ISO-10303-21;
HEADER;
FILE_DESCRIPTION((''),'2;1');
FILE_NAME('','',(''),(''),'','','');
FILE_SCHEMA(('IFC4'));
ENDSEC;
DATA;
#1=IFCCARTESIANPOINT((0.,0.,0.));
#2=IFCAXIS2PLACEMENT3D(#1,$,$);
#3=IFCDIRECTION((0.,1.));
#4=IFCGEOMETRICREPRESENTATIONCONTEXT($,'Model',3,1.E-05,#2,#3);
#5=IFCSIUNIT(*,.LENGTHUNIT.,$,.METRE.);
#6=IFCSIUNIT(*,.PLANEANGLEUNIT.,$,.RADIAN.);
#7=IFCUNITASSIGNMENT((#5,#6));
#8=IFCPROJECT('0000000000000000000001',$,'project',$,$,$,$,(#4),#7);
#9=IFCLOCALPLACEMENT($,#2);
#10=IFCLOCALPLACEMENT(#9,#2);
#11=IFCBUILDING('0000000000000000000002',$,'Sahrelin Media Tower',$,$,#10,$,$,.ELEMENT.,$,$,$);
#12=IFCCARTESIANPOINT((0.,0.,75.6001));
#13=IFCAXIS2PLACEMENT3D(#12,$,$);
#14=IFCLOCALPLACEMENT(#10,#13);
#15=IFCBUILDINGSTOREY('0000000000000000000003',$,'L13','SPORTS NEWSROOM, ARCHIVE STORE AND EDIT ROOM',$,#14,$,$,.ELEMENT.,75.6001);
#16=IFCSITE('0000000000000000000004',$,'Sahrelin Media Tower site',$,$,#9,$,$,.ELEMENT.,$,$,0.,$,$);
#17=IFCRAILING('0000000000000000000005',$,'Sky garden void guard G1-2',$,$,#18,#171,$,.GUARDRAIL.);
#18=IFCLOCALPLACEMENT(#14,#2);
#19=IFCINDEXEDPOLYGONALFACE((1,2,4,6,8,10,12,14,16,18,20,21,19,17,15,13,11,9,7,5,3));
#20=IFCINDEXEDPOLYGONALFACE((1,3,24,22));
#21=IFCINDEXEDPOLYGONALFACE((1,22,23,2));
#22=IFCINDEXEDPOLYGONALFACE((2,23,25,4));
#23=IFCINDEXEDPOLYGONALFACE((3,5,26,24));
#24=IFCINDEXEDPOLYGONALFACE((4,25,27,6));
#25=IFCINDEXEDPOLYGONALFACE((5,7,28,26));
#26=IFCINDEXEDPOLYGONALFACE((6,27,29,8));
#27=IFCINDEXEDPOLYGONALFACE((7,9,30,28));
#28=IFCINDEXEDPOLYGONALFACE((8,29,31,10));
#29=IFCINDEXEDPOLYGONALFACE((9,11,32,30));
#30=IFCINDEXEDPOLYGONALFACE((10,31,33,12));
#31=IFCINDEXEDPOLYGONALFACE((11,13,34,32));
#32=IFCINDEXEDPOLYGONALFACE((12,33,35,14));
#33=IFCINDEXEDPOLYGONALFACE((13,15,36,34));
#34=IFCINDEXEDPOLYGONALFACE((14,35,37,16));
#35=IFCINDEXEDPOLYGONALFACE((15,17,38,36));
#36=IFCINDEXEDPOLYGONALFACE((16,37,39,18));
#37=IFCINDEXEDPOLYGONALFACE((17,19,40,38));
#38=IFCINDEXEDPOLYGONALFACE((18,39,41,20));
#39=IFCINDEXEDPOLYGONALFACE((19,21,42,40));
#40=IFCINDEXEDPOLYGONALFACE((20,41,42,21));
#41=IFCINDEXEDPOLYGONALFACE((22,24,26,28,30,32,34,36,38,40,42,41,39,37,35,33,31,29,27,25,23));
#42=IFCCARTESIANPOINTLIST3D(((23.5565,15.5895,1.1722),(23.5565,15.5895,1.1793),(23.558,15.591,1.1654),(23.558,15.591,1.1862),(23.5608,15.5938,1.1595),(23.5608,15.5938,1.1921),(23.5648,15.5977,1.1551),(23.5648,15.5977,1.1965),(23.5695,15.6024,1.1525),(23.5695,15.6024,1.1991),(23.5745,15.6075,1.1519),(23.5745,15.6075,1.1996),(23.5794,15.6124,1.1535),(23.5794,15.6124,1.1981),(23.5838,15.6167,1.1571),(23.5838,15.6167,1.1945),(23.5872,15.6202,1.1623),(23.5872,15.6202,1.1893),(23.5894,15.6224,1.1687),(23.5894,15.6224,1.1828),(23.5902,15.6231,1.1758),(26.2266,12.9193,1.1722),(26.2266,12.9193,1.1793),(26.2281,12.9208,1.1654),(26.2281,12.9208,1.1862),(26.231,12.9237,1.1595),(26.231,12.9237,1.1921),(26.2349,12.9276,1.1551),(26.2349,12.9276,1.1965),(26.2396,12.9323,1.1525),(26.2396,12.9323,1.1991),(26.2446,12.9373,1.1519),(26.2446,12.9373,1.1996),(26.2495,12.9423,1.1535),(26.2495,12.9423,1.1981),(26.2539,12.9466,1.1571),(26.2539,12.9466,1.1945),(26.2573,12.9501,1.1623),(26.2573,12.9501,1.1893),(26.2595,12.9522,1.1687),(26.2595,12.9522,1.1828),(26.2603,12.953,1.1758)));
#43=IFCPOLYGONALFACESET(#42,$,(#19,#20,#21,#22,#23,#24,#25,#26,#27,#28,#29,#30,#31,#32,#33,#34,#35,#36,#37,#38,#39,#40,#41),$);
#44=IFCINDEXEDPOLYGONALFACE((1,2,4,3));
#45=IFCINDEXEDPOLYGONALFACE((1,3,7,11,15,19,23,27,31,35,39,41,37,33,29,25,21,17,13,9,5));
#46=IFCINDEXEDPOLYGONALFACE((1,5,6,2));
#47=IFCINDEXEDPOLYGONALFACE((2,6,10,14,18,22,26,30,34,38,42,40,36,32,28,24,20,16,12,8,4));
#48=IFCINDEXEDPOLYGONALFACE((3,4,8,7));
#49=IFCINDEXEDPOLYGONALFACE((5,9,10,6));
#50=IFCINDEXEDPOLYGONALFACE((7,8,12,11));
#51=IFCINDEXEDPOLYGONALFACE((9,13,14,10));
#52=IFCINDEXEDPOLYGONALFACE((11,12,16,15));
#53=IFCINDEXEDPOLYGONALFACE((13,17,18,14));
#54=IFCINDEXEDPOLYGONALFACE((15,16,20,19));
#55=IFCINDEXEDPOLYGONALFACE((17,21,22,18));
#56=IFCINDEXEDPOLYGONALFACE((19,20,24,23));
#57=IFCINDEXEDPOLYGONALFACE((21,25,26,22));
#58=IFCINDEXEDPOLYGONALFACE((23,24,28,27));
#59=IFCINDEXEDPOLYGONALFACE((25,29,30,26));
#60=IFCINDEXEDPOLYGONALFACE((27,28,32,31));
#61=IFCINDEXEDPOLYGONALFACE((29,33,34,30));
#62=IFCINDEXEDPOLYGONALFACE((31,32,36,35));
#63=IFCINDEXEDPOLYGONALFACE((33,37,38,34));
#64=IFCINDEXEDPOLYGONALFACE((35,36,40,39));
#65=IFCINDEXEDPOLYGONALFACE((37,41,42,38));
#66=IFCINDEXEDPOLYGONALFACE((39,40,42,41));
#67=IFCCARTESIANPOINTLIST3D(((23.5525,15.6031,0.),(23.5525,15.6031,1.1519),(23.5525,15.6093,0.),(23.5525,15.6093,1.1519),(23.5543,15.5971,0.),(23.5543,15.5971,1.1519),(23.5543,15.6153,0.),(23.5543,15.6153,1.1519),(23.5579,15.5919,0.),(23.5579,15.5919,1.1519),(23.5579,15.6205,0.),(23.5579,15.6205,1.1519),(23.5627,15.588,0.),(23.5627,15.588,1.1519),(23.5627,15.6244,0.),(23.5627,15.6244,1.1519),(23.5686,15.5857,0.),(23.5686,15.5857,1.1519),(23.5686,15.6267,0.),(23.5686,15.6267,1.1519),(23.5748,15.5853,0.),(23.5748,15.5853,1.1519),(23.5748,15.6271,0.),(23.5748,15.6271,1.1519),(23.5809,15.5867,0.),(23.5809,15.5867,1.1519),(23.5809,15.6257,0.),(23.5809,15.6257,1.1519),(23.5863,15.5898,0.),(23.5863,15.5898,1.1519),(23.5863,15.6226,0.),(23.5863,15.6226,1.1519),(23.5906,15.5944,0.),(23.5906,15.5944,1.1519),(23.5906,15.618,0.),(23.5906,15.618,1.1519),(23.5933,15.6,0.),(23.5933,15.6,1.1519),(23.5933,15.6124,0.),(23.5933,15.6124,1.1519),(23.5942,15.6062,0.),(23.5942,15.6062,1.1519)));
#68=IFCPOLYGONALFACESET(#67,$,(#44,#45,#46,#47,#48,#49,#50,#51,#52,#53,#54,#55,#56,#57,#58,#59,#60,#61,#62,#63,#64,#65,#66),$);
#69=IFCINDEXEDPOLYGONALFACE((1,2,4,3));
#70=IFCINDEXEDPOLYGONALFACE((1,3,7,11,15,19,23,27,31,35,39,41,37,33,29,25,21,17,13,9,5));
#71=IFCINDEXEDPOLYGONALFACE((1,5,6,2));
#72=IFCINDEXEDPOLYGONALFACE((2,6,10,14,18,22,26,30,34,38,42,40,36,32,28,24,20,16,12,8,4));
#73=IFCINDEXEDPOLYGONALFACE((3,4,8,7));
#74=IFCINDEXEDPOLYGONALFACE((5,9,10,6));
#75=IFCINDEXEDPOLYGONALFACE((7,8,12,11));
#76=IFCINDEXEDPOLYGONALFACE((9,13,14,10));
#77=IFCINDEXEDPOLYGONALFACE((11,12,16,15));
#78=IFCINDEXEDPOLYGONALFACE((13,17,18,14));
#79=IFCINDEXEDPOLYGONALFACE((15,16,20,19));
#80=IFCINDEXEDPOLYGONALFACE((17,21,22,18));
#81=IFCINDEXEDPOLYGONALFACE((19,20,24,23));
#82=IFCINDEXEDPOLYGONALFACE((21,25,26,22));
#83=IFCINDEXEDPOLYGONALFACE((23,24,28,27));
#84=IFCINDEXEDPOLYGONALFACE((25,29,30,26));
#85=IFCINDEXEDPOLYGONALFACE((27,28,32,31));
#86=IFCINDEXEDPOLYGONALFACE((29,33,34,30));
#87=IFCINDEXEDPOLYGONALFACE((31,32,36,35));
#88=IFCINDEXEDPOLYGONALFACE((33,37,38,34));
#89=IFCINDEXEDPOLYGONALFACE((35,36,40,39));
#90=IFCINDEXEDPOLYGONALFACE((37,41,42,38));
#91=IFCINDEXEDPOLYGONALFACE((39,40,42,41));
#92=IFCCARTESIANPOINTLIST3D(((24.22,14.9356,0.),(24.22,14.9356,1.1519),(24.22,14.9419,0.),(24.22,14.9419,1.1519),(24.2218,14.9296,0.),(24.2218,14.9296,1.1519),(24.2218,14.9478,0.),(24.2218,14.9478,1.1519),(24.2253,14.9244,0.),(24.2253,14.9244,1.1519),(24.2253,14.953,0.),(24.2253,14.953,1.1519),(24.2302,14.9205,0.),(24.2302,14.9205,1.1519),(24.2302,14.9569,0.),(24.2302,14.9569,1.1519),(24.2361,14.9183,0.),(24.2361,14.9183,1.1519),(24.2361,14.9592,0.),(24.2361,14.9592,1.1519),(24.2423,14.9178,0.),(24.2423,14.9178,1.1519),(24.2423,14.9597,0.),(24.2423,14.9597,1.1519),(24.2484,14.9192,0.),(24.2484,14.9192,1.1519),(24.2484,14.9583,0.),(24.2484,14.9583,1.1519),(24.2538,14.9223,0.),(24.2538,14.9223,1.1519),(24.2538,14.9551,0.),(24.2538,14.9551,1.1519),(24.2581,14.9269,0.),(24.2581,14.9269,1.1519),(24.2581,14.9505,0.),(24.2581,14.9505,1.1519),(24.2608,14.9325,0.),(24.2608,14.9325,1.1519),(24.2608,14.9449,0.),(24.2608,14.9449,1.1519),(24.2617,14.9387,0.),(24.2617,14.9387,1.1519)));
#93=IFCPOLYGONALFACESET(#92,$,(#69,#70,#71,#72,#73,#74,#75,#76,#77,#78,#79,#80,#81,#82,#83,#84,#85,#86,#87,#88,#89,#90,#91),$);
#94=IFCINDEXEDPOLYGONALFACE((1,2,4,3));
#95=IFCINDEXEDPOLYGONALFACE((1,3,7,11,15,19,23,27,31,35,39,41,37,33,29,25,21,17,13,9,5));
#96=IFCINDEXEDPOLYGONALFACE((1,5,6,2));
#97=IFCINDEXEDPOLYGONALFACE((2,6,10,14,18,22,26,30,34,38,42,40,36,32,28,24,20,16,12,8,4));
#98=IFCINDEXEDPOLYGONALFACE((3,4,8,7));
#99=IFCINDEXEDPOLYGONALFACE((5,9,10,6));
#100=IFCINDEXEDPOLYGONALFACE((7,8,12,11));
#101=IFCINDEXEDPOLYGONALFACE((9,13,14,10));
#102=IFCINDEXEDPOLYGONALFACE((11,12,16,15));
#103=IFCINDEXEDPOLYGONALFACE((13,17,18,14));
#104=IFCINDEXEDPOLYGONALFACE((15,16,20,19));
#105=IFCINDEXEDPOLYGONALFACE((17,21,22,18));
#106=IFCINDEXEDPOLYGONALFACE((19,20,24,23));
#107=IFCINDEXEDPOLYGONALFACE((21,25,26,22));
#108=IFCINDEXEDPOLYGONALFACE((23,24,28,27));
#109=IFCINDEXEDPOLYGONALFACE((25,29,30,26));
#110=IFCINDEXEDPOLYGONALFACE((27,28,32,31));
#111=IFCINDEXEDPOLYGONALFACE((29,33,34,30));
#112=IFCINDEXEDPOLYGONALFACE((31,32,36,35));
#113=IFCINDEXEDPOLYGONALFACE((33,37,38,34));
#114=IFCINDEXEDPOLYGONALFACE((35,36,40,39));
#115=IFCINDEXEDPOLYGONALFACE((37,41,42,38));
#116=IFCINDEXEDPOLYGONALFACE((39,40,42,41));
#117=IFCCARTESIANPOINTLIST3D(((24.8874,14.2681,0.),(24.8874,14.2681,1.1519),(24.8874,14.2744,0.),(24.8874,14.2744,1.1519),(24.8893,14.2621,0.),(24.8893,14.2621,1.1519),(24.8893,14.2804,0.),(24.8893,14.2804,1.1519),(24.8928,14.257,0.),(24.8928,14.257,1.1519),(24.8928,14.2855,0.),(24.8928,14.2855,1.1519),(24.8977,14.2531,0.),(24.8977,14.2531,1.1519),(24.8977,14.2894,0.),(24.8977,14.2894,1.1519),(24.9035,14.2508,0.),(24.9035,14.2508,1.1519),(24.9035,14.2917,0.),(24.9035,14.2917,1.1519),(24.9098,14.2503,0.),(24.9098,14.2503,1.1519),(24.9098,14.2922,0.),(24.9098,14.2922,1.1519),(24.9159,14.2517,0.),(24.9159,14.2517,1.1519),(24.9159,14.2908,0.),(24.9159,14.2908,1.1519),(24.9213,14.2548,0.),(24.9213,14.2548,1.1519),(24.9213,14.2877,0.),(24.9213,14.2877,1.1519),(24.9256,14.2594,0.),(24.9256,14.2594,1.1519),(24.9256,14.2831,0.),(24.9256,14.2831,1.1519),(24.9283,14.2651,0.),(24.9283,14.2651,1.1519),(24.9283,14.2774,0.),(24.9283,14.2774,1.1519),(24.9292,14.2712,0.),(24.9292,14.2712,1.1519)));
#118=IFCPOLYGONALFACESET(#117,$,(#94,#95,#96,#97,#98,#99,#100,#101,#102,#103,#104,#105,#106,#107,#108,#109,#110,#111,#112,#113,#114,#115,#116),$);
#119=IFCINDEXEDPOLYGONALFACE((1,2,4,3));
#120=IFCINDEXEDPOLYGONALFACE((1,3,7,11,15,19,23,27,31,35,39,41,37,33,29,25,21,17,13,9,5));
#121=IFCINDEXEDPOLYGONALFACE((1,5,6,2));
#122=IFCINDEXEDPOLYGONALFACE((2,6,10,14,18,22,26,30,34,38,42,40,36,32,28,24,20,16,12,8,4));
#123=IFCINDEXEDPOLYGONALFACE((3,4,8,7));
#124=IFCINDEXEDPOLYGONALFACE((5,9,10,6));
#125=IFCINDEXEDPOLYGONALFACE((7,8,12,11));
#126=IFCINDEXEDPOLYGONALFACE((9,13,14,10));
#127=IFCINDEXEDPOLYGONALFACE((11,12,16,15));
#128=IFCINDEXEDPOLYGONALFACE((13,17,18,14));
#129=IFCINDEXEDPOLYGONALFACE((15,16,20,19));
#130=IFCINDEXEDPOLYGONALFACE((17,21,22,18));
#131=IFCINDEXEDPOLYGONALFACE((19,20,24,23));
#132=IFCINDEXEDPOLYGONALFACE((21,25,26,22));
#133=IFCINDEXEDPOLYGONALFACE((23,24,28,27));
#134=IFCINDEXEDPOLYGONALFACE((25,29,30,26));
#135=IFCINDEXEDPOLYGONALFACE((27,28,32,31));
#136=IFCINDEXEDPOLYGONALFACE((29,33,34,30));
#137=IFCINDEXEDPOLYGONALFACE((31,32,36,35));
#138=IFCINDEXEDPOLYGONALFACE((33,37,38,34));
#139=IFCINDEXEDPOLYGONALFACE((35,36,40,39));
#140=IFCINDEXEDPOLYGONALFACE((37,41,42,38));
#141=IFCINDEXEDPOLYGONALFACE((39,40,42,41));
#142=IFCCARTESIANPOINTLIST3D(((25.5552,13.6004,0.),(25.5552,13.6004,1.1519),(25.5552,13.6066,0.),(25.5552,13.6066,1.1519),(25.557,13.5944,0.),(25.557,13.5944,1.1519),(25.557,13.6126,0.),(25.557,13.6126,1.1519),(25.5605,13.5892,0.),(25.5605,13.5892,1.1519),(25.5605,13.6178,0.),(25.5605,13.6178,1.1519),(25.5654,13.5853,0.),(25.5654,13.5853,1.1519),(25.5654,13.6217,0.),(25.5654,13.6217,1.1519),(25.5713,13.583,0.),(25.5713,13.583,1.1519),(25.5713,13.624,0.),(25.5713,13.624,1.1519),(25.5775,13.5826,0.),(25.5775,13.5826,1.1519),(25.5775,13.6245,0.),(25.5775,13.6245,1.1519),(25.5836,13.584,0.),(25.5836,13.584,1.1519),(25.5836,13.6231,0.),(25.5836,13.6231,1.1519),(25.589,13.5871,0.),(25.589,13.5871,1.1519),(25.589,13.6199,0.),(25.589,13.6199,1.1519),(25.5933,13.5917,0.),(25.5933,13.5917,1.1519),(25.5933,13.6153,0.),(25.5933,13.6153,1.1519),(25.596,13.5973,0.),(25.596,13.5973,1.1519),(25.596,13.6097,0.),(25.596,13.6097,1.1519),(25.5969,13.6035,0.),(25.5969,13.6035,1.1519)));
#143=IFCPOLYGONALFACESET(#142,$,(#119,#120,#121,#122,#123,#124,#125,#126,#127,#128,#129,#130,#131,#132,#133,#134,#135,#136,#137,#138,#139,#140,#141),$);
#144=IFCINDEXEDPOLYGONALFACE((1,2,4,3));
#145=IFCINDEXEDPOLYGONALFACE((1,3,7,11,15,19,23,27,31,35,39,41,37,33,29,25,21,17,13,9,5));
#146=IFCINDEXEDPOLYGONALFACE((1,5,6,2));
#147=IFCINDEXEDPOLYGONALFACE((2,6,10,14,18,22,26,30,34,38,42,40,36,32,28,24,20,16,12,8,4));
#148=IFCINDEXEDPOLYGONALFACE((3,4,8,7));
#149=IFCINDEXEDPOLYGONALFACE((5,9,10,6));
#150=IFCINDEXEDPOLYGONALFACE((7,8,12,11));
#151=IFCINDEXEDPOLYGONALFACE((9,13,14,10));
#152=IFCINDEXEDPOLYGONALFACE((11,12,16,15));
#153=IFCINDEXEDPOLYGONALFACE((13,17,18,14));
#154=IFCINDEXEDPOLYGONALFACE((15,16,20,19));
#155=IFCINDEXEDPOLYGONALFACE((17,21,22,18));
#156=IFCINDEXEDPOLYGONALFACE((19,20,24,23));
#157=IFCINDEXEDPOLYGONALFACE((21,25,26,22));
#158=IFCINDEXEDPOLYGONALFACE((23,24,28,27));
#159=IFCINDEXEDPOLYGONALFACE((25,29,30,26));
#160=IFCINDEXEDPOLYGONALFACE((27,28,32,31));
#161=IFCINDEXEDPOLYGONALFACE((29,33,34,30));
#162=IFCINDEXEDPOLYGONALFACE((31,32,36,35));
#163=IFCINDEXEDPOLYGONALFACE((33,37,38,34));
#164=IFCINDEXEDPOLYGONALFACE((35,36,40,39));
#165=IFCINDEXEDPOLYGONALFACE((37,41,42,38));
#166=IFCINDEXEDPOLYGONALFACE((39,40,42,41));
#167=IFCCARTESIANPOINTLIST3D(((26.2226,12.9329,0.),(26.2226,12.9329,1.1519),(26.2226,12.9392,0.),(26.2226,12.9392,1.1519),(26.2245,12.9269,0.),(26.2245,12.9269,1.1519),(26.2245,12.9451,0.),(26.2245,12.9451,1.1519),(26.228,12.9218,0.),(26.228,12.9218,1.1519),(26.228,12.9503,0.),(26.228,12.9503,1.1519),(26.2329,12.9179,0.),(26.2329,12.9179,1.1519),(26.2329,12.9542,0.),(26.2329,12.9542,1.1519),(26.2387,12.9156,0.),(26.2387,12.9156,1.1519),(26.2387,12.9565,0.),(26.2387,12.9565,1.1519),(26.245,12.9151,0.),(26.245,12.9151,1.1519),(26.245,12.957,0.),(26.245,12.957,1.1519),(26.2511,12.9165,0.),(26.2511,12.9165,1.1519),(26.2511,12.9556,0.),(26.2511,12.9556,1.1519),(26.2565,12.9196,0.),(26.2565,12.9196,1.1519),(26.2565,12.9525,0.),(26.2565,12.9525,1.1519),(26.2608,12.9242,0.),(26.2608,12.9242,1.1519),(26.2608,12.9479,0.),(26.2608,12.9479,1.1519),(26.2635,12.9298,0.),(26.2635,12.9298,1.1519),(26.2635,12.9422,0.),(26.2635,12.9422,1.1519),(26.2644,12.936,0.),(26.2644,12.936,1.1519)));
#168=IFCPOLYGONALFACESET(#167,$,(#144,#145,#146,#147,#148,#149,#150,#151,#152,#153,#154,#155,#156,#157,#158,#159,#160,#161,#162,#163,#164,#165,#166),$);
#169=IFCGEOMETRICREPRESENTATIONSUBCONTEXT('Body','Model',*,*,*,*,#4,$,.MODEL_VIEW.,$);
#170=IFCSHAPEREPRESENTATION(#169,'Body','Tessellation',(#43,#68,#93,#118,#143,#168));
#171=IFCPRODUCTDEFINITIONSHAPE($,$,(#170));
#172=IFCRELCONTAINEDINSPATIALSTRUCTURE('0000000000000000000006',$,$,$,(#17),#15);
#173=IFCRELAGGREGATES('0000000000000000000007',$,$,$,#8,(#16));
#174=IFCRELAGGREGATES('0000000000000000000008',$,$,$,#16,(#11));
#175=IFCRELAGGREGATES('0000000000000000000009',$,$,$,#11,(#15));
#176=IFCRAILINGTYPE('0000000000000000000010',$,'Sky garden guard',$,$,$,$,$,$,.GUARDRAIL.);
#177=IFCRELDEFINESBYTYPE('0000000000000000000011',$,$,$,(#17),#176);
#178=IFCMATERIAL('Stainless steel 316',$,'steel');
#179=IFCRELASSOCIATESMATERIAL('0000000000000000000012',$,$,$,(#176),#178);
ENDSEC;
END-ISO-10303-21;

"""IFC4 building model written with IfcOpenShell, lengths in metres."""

from ifc_helpers import new_model, si_unit, direction, frame, origin, origin_2d, place, context, subcontext, project, spatial, circle, extrude, material, type_object, element, save


model = new_model("IFC4")

# Units and contexts
model_context = context("Model", 3, precision=1e-05, world=origin(), true_north=direction((0.0, 1.0)))
body_context = subcontext(model_context, "Body", "Model", "MODEL_VIEW")
ifc_project = project(units=[si_unit("LENGTHUNIT", "METRE"), si_unit("PLANEANGLEUNIT", "RADIAN")], contexts=[model_context])

# Site, building, storey
site_placement = place(None, origin())
site = spatial("IfcSite", under=ifc_project, at=site_placement, Name="Sahrelin Media Tower site", CompositionType="ELEMENT", RefElevation=0.0)
building_placement = place(site_placement, origin())
building = spatial("IfcBuilding", under=site, at=building_placement, Name="Sahrelin Media Tower", CompositionType="ELEMENT")
storey_placement = place(building_placement, frame((0.0, 0.0, 75.6001)))
storey = spatial("IfcBuildingStorey", under=building, at=storey_placement, Name="L13", Description="SPORTS NEWSROOM, ARCHIVE STORE AND EDIT ROOM", CompositionType="ELEMENT", Elevation=75.6001)

# Railing
ifc_material_1 = material(Name="Stainless steel 316", Category="steel")
railing_type = type_object("IfcRailingType", Name="Sky garden guard", PredefinedType="GUARDRAIL", material=ifc_material_1)
railing_1_placement = place(storey_placement, frame((23.5732, 15.6062, 0.0)))
element("IfcRailing", 1, at=railing_1_placement, inside=storey, type_object=railing_type, Name="Sky garden void guard G1-2", PredefinedType="GUARDRAIL", context=body_context, shape_type="SweptSolid", body=[
    extrude(circle(Radius=0.0239, at=origin_2d()), frame((0.0, 0.0, 1.1758), z_axis=(0.707107, -0.707107, 0.0), x_axis=(0.707107, 0.707107, 0.0)), (0.0, 0.0, 1.0), 3.7761),
    extrude(circle(Radius=0.021, at=origin_2d()), origin(), (0.0, 0.0, 1.0), 1.1519),
    extrude(circle(Radius=0.021, at=origin_2d()), frame((0.6675, -0.6675, 0.0)), (0.0, 0.0, 1.0), 1.1519),
    extrude(circle(Radius=0.021, at=origin_2d()), frame((1.335, -1.335, 0.0)), (0.0, 0.0, 1.0), 1.1519),
    extrude(circle(Radius=0.021, at=origin_2d()), frame((2.0027, -2.0027, 0.0)), (0.0, 0.0, 1.0), 1.1519),
    extrude(circle(Radius=0.021, at=origin_2d()), frame((2.6702, -2.6702, 0.0)), (0.0, 0.0, 1.0), 1.1519),
])

save(model, "model.ifc")
